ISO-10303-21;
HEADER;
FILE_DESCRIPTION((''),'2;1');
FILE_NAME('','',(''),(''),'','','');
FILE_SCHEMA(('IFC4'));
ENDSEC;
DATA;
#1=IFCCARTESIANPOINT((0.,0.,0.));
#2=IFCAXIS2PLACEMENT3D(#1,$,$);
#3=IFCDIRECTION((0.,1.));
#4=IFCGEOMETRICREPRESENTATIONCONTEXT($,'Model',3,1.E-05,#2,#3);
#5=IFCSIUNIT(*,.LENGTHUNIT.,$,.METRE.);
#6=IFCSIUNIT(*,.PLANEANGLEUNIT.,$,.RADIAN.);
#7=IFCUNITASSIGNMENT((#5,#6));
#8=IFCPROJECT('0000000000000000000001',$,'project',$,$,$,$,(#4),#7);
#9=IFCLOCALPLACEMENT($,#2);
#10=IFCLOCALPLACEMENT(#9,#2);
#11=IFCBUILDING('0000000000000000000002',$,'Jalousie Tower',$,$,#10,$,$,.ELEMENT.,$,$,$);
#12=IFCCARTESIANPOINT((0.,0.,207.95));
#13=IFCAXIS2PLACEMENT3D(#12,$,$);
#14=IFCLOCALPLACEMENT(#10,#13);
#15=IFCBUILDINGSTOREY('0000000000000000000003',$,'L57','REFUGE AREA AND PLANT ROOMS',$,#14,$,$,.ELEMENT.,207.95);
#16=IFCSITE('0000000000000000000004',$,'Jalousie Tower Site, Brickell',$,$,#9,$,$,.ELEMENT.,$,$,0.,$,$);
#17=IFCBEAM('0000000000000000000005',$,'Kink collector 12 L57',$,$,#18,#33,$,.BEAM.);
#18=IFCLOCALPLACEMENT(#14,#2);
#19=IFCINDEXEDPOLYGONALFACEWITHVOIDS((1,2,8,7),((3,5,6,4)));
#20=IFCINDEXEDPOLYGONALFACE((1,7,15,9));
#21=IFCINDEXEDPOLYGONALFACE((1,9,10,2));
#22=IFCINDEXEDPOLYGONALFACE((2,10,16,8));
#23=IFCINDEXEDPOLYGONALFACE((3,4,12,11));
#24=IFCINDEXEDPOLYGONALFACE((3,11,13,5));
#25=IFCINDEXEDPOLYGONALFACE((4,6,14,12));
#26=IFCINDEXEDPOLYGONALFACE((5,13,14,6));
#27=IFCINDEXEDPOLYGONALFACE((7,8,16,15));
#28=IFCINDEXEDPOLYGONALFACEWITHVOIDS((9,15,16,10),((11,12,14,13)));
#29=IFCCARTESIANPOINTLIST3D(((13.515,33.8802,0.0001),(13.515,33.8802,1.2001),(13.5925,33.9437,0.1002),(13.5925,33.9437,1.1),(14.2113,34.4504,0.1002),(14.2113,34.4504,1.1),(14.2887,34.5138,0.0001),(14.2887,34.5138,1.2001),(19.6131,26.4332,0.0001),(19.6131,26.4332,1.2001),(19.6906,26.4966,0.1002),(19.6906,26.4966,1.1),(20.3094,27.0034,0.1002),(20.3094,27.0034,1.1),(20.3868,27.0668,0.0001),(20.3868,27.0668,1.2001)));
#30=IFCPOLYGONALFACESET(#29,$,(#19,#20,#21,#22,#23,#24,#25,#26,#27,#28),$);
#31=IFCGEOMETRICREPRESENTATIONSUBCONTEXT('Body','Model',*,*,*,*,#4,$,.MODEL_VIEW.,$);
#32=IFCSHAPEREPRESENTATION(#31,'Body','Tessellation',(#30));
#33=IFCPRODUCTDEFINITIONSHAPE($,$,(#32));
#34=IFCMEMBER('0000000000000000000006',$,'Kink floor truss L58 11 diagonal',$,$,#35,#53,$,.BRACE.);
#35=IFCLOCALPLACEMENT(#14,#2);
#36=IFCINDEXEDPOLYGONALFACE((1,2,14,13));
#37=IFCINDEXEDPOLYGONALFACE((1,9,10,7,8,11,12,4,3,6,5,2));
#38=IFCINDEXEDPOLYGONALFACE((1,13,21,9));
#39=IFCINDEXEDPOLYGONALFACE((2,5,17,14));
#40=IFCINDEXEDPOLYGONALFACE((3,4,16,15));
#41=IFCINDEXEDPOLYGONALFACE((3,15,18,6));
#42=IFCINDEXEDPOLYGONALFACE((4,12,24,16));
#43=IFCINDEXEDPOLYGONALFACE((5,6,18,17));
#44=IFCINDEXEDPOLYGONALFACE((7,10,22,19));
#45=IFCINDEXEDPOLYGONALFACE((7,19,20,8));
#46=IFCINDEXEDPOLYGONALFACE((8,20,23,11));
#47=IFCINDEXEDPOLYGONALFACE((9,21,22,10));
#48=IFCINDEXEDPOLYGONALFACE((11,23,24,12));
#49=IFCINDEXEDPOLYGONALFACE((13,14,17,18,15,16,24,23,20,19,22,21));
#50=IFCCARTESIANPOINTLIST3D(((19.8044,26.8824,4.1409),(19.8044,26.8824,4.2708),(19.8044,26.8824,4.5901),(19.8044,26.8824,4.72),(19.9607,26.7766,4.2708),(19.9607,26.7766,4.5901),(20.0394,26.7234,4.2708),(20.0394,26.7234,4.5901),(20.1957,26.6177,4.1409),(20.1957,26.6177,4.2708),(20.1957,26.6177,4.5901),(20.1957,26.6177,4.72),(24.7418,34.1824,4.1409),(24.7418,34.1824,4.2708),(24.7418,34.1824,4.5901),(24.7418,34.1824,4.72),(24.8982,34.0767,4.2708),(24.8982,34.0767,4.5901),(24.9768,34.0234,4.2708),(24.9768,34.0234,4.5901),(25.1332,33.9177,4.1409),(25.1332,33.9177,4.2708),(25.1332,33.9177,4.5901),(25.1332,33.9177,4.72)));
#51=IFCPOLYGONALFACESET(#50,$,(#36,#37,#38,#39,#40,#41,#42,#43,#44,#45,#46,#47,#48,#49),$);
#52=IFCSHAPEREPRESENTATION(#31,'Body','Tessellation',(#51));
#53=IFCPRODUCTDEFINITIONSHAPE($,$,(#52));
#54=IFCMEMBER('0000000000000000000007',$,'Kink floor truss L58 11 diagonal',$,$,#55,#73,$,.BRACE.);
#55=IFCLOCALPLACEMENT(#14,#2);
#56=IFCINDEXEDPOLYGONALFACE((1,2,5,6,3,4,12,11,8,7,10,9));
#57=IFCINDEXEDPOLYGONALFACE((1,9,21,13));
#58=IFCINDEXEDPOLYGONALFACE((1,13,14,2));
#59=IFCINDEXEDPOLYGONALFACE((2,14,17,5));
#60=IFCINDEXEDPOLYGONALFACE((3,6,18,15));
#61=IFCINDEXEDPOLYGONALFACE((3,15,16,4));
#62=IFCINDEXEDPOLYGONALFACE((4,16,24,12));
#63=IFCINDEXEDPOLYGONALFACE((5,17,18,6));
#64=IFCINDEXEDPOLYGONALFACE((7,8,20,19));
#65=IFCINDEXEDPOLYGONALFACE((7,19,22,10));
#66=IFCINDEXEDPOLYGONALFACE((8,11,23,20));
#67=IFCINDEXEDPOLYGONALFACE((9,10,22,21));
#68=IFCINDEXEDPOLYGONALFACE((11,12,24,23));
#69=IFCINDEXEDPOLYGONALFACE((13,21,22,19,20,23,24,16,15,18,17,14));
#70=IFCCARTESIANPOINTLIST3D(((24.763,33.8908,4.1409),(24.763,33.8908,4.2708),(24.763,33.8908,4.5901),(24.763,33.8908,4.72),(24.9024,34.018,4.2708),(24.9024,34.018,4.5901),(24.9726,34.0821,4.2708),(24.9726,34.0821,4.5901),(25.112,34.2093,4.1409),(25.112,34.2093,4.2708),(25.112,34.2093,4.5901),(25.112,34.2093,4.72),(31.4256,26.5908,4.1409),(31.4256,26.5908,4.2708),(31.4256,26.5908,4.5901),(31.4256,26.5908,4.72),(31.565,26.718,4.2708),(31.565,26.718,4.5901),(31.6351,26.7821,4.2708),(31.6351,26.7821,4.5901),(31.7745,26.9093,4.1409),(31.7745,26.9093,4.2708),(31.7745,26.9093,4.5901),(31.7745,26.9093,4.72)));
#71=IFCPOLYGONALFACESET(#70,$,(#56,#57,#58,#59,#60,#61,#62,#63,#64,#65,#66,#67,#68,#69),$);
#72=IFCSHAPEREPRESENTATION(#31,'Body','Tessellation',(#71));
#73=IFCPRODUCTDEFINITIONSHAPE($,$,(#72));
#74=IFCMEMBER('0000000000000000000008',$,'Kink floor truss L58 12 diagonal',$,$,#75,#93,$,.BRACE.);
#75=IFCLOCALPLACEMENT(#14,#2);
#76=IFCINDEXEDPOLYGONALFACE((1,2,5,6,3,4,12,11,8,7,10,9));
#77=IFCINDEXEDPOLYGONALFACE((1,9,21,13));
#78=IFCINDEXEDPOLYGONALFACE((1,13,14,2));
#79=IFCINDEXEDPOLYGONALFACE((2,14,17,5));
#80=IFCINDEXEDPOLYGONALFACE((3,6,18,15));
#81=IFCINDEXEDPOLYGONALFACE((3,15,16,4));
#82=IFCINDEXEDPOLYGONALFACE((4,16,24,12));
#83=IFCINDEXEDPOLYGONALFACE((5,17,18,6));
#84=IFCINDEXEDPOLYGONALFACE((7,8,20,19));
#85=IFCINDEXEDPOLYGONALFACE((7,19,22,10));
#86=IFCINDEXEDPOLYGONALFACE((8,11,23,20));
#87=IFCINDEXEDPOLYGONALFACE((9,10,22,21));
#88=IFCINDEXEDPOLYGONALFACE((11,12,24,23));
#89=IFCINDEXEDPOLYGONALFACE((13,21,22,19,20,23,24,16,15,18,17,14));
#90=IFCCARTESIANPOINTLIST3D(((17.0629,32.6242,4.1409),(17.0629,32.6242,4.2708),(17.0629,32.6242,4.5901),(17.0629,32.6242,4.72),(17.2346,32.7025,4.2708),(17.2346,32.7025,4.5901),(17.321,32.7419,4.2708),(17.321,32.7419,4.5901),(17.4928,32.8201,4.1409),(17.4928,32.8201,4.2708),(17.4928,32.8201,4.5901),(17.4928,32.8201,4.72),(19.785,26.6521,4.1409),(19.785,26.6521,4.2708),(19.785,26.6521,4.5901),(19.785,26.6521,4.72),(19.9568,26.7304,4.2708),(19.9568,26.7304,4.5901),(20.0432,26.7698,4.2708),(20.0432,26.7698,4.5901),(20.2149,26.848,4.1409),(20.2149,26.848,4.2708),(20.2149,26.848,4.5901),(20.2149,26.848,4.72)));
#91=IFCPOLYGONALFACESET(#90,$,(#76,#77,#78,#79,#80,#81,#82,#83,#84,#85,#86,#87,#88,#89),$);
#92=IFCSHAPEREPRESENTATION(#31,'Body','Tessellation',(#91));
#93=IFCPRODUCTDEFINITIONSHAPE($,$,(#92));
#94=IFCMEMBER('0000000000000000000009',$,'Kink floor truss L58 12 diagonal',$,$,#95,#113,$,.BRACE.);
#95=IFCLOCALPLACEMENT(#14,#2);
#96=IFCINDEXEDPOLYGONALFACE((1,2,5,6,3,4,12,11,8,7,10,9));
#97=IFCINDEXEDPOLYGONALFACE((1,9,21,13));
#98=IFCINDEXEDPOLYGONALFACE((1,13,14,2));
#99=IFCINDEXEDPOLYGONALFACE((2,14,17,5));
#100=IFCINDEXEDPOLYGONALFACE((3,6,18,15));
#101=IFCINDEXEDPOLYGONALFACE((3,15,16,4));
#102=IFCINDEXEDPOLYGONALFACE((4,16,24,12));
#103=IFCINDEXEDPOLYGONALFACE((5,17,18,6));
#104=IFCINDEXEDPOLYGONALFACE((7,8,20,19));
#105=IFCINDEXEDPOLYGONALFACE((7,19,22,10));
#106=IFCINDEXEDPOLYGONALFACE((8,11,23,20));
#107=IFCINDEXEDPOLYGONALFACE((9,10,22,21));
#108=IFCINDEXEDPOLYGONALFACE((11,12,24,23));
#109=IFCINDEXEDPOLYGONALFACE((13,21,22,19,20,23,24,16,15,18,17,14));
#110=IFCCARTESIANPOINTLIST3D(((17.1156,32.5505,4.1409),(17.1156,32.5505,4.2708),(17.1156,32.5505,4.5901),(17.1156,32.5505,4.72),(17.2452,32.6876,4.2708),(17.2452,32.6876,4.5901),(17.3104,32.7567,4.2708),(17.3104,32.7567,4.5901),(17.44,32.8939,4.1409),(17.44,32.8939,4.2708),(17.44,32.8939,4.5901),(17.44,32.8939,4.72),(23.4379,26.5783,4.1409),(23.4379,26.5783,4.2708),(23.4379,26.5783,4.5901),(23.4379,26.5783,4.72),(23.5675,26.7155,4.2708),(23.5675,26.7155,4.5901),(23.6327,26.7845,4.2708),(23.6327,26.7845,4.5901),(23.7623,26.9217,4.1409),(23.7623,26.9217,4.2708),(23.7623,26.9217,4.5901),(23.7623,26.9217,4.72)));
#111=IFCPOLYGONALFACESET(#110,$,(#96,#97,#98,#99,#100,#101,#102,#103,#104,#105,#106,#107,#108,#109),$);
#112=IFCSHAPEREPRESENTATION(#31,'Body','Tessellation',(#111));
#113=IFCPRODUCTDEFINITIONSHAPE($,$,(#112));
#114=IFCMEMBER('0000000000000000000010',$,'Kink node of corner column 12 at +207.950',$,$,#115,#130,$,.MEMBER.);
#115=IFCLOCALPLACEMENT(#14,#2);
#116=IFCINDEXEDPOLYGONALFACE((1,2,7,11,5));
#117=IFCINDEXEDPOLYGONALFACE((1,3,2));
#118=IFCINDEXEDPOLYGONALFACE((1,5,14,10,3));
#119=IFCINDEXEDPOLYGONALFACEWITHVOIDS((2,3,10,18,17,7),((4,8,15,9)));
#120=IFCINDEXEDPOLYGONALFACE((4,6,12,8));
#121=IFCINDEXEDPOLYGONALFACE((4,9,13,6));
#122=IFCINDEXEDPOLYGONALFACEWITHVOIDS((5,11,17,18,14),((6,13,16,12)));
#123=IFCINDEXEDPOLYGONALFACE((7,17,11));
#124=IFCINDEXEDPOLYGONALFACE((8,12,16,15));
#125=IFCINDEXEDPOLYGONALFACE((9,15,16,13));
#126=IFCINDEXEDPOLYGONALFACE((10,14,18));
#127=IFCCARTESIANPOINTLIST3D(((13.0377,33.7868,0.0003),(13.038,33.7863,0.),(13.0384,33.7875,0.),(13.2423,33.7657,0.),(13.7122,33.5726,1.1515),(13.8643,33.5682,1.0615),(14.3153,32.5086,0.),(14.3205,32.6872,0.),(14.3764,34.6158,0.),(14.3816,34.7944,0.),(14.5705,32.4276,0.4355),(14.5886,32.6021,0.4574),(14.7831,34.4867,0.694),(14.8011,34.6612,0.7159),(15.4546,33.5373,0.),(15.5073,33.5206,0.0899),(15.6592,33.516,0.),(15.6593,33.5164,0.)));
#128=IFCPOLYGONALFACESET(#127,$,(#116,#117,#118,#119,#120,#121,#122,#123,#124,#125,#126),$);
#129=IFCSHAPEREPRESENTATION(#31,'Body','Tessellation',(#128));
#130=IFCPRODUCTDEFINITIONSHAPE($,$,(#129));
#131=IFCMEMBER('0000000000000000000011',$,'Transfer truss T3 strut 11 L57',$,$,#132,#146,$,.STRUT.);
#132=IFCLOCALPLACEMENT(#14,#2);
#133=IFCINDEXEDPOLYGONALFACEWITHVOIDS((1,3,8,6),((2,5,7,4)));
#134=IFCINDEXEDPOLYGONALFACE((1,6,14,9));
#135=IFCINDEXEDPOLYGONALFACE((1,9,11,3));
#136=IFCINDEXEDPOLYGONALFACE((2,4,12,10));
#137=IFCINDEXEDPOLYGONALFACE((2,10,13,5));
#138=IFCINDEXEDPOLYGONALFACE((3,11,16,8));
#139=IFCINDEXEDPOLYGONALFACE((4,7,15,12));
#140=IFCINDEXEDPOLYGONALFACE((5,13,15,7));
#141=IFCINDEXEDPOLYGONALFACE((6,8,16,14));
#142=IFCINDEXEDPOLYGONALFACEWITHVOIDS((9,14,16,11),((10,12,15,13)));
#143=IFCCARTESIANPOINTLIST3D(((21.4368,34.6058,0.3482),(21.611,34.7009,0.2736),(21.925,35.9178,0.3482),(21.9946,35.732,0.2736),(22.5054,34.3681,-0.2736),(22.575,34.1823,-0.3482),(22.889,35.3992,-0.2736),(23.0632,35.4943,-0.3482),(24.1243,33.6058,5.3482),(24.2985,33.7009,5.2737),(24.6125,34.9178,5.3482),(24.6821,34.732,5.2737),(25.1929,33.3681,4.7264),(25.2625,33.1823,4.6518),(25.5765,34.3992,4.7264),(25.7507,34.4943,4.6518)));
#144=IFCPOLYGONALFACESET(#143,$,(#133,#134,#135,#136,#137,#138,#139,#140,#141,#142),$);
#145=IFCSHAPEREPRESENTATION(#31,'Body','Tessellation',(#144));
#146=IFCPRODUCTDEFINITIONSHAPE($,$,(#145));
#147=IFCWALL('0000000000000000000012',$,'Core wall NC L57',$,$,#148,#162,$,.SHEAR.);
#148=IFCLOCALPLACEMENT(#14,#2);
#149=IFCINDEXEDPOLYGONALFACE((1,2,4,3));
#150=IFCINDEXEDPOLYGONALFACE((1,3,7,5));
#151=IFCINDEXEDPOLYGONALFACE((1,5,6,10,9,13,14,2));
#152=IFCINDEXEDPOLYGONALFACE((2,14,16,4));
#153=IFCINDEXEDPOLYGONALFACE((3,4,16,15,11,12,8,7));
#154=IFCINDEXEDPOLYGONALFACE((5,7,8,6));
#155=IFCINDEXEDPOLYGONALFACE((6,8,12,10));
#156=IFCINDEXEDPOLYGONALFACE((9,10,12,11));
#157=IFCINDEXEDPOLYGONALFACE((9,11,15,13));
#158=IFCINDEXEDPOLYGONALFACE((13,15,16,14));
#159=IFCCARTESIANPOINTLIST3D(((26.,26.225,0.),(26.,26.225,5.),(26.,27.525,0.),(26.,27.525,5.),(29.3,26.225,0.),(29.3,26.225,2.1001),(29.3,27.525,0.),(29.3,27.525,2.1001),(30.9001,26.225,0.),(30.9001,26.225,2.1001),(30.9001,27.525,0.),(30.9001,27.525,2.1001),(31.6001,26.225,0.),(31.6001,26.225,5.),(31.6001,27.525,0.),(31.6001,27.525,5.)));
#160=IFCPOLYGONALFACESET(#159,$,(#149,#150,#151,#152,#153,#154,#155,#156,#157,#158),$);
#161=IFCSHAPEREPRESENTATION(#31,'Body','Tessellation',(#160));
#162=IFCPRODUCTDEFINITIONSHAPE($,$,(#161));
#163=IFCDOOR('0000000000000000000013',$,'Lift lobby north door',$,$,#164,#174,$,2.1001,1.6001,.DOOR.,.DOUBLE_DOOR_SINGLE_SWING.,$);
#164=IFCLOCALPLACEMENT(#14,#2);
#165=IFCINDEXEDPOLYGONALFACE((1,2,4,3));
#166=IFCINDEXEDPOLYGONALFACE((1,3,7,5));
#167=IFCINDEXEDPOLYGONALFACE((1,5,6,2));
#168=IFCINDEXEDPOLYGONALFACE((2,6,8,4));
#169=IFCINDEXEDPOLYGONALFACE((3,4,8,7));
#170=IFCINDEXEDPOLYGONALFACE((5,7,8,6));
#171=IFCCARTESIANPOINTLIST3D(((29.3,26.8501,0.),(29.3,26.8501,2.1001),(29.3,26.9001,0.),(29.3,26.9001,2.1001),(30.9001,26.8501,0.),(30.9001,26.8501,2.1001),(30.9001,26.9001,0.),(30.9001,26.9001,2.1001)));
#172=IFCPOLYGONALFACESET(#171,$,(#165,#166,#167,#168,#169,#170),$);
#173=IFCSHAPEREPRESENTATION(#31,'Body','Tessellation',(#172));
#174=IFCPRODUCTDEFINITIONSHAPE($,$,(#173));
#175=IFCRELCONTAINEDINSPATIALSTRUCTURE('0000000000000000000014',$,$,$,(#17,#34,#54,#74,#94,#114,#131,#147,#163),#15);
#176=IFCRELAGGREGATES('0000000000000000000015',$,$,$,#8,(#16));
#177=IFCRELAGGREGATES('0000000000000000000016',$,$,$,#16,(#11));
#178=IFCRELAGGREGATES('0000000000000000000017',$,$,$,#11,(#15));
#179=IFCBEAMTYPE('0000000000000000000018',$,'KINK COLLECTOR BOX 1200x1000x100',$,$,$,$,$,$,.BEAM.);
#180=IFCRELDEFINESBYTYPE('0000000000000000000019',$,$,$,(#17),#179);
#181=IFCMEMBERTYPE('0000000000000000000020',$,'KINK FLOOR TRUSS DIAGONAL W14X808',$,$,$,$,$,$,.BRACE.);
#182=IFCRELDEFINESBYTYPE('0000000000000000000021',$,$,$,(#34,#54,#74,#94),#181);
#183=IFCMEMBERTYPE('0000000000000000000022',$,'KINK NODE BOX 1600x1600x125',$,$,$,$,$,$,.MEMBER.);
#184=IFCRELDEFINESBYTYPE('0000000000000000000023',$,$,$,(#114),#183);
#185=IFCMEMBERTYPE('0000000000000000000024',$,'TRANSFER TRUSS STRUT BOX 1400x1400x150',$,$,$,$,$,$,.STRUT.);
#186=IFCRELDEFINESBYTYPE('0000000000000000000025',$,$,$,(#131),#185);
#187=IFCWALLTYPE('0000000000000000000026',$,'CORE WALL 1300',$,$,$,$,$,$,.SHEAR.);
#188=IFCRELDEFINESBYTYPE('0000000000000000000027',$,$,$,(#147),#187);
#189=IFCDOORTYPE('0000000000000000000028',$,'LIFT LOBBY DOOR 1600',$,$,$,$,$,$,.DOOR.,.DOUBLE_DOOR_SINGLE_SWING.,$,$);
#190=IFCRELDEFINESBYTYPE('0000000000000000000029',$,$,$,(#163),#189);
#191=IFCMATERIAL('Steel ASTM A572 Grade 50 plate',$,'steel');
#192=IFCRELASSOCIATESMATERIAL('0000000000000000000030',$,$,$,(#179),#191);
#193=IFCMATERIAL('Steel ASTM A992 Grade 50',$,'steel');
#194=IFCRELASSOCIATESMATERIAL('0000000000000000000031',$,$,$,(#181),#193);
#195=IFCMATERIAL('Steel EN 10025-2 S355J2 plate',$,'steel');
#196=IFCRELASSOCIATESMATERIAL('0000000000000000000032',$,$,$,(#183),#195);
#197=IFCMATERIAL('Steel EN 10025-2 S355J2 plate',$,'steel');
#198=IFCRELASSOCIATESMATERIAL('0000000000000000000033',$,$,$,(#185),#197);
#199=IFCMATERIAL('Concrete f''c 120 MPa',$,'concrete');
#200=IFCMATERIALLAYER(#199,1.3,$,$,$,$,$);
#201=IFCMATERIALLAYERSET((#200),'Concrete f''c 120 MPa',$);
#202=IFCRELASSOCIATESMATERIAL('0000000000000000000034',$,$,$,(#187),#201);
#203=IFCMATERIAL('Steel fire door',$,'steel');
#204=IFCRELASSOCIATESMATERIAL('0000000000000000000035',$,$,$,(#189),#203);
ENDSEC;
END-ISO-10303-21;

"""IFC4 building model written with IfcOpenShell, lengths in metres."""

from ifc_helpers import new_model, si_unit, direction, frame, frame_2d, origin, origin_2d, place, context, subcontext, project, spatial, rectangle, hollow_rectangle, i_section, extrude, clip, halfspace, material, layer, layer_set, material_profile, profile_set, type_object, element, fill, save


model = new_model("IFC4")

# Units and contexts
model_context = context("Model", 3, precision=1e-05, world=origin(), true_north=direction((0.0, 1.0)))
body_context = subcontext(model_context, "Body", "Model", "MODEL_VIEW")
ifc_project = project(units=[si_unit("LENGTHUNIT", "METRE"), si_unit("PLANEANGLEUNIT", "RADIAN")], contexts=[model_context])

# Site, building, storey
site_placement = place(None, origin())
site = spatial("IfcSite", under=ifc_project, at=site_placement, Name="Jalousie Tower Site, Brickell", CompositionType="ELEMENT", RefElevation=0.0)
building_placement = place(site_placement, origin())
building = spatial("IfcBuilding", under=site, at=building_placement, Name="Jalousie Tower", CompositionType="ELEMENT")
storey_placement = place(building_placement, frame((0.0, 0.0, 207.95)))
storey = spatial("IfcBuildingStorey", under=building, at=storey_placement, Name="L57", Description="REFUGE AREA AND PLANT ROOMS", CompositionType="ELEMENT", Elevation=207.95)

# Beam
ifc_material_1 = material(Name="Steel ASTM A572 Grade 50 plate", Category="steel")
ifc_material_profile_1 = material_profile(ifc_material_1, hollow_rectangle(XDim=1.0, YDim=1.2, WallThickness=0.1001, at=origin_2d()), Name="BOX 1200x1000x100")
ifc_profile_set_1 = profile_set([ifc_material_profile_1], Name="Steel ASTM A572 Grade 50 plate")
beam_type = type_object("IfcBeamType", Name="KINK COLLECTOR BOX 1200x1000x100", PredefinedType="BEAM", material=ifc_profile_set_1)
beam_placement = place(storey_placement, frame((13.9019, 34.197, 0.6001), z_axis=(0.633557, -0.773696, 0.0), x_axis=(0.773696, 0.633557, 0.0)))
element("IfcBeam", 1, at=beam_placement, inside=storey, type_object=beam_type, Name="Kink collector 12 L57", PredefinedType="BEAM", context=body_context, shape_type="SweptSolid", body=[
    extrude(hollow_rectangle(XDim=1.0, YDim=1.2, WallThickness=0.1001, at=origin_2d()), origin(), (0.0, 0.0, 1.0), 9.6252),
])

# Members
ifc_material_2 = material(Name="Steel ASTM A992 Grade 50", Category="steel")
ifc_material_profile_2 = material_profile(ifc_material_2, i_section(OverallWidth=0.4724, OverallDepth=0.5791, WebThickness=0.095, FlangeThickness=0.1299, at=origin_2d()), Name="W14X808")
ifc_profile_set_2 = profile_set([ifc_material_profile_2], Name="Steel ASTM A992 Grade 50")
member_type_1 = type_object("IfcMemberType", Name="KINK FLOOR TRUSS DIAGONAL W14X808", PredefinedType="BRACE", material=ifc_profile_set_2)
member_1_placement = place(storey_placement, frame((24.9375, 34.05, 4.4304), z_axis=(-0.56025, -0.828324, 0.0), x_axis=(0.828324, -0.56025, 0.0)))
element("IfcMember", 2, at=member_1_placement, inside=storey, type_object=member_type_1, Name="Kink floor truss L58 11 diagonal", PredefinedType="BRACE", context=body_context, shape_type="SweptSolid", body=[
    extrude(i_section(OverallWidth=0.4724, OverallDepth=0.5791, WebThickness=0.095, FlangeThickness=0.1299, at=origin_2d()), origin(), (0.0, 0.0, 1.0), 8.813),
])
member_2_placement = place(storey_placement, frame((24.9375, 34.05, 4.4304), z_axis=(0.674122, -0.73862, 0.0), x_axis=(0.73862, 0.674122, 0.0)))
element("IfcMember", 3, at=member_2_placement, inside=storey, type_object=member_type_1, Name="Kink floor truss L58 11 diagonal", PredefinedType="BRACE", context=body_context, shape_type="SweptSolid", body=[
    extrude(i_section(OverallWidth=0.4724, OverallDepth=0.5791, WebThickness=0.095, FlangeThickness=0.1299, at=origin_2d()), origin(), (0.0, 0.0, 1.0), 9.8833),
])
member_3_placement = place(storey_placement, frame((17.2778, 32.7222, 4.4304), z_axis=(0.414756, -0.909933, 0.0), x_axis=(0.909933, 0.414756, 0.0)))
element("IfcMember", 4, at=member_3_placement, inside=storey, type_object=member_type_1, Name="Kink floor truss L58 12 diagonal", PredefinedType="BRACE", context=body_context, shape_type="SweptSolid", body=[
    extrude(i_section(OverallWidth=0.4724, OverallDepth=0.5791, WebThickness=0.095, FlangeThickness=0.1299, at=origin_2d()), origin(), (0.0, 0.0, 1.0), 6.5632),
])
member_4_placement = place(storey_placement, frame((17.2778, 32.7222, 4.4304), z_axis=(0.726948, -0.686693, 0.0), x_axis=(0.686693, 0.726948, 0.0)))
element("IfcMember", 5, at=member_4_placement, inside=storey, type_object=member_type_1, Name="Kink floor truss L58 12 diagonal", PredefinedType="BRACE", context=body_context, shape_type="SweptSolid", body=[
    extrude(i_section(OverallWidth=0.4724, OverallDepth=0.5791, WebThickness=0.095, FlangeThickness=0.1299, at=origin_2d()), origin(), (0.0, 0.0, 1.0), 8.697),
])
ifc_material_3 = material(Name="Steel EN 10025-2 S355J2 plate", Category="steel")
ifc_material_profile_3 = material_profile(ifc_material_3, hollow_rectangle(XDim=1.6001, YDim=1.6001, WallThickness=0.125, at=origin_2d()), Name="BOX 1600x1600x125")
ifc_profile_set_3 = profile_set([ifc_material_profile_3], Name="Steel EN 10025-2 S355J2 plate")
member_type_2 = type_object("IfcMemberType", Name="KINK NODE BOX 1600x1600x125", PredefinedType="MEMBER", material=ifc_profile_set_3)
member_5_placement = place(storey_placement, frame((14.0112, 33.7585, -0.5754), z_axis=(0.499201, -0.158451, 0.851876), x_axis=(0.536414, -0.715582, -0.44744)))
element("IfcMember", 6, at=member_5_placement, inside=storey, type_object=member_type_2, Name="Kink node of corner column 12 at +207.950", PredefinedType="MEMBER", context=body_context, shape_type="Clipping", body=[
    clip(extrude(hollow_rectangle(XDim=1.6001, YDim=1.6001, WallThickness=0.125, at=origin_2d()), origin(), (0.0, 0.0, 1.0), 1.3513), halfspace(frame((0.0, 0.0, 0.6755), z_axis=(-0.44744, -0.272224, 0.851876)), True)),
])
ifc_material_4 = material(Name="Steel EN 10025-2 S355J2 plate", Category="steel")
ifc_material_profile_4 = material_profile(ifc_material_4, hollow_rectangle(XDim=1.3999, YDim=1.3999, WallThickness=0.1499, at=origin_2d()), Name="BOX 1400x1400x150")
ifc_profile_set_4 = profile_set([ifc_material_profile_4], Name="Steel EN 10025-2 S355J2 plate")
member_type_3 = type_object("IfcMemberType", Name="TRANSFER TRUSS STRUT BOX 1400x1400x150", PredefinedType="STRUT", material=ifc_profile_set_4)
member_6_placement = place(storey_placement, frame((22.25, 35.05, 0.0), z_axis=(0.466263, -0.173493, 0.867467), x_axis=(0.348734, 0.937222, 0.0)))
element("IfcMember", 7, at=member_6_placement, inside=storey, type_object=member_type_3, Name="Transfer truss T3 strut 11 L57", PredefinedType="STRUT", context=body_context, shape_type="SweptSolid", body=[
    extrude(hollow_rectangle(XDim=1.3999, YDim=1.3999, WallThickness=0.1499, at=origin_2d()), origin(), (0.0, 0.0, 1.0), 5.7639),
])

# Wall, opening, door
ifc_material_5 = material(Name="Concrete f'c 120 MPa", Category="concrete")
ifc_layer_1 = layer(ifc_material_5, 1.3)
ifc_layer_set_1 = layer_set([ifc_layer_1], Name="Concrete f'c 120 MPa")
wall_type_1 = type_object("IfcWallType", Name="CORE WALL 1300", PredefinedType="SHEAR", material=ifc_layer_set_1)
wall_1_placement = place(storey_placement, frame((31.6001, 26.875, 0.0), z_axis=(0.0, 0.0, 1.0), x_axis=(-1.0, 0.0, 0.0)))
wall_1 = element("IfcWall", 8, at=wall_1_placement, inside=storey, type_object=wall_type_1, Name="Core wall NC L57", PredefinedType="SHEAR", context=body_context, shape_type="SweptSolid", body=[
    extrude(rectangle(XDim=5.6001, YDim=1.3, at=frame_2d((2.8, 0.0))), origin(), (0.0, 0.0, 1.0), 5.0),
])
opening_1_placement = place(wall_1_placement, frame((0.7, 0.0, 0.0)))
opening_1 = element("IfcOpeningElement", 9, at=opening_1_placement, cuts=wall_1, PredefinedType="OPENING", context=body_context, shape_type="SweptSolid", body=[
    extrude(rectangle(XDim=1.6001, YDim=2.1001, at=frame_2d((0.8, 1.05))), frame((0.0, 0.6599, 0.0), z_axis=(0.0, -1.0, 0.0), x_axis=(1.0, 0.0, 0.0)), (0.0, 0.0, 1.0), 1.3201),
])
ifc_material_6 = material(Name="Steel fire door", Category="steel")
door_type_1 = type_object("IfcDoorType", Name="LIFT LOBBY DOOR 1600", OperationType="DOUBLE_DOOR_SINGLE_SWING", PredefinedType="DOOR", material=ifc_material_6)
door_1_placement = place(opening_1_placement, origin())
door_1 = element("IfcDoor", 10, at=door_1_placement, inside=storey, type_object=door_type_1, Name="Lift lobby north door", OperationType="DOUBLE_DOOR_SINGLE_SWING", OverallHeight=2.1001, OverallWidth=1.6001, PredefinedType="DOOR", context=body_context, shape_type="SweptSolid", body=[
    extrude(rectangle(XDim=1.6001, YDim=2.1001, at=frame_2d((0.8, 1.05))), frame((0.0, 0.0249, 0.0), z_axis=(0.0, -1.0, 0.0), x_axis=(1.0, 0.0, 0.0)), (0.0, 0.0, 1.0), 0.05),
])
fill(opening_1, door_1)

save(model, "model.ifc")
